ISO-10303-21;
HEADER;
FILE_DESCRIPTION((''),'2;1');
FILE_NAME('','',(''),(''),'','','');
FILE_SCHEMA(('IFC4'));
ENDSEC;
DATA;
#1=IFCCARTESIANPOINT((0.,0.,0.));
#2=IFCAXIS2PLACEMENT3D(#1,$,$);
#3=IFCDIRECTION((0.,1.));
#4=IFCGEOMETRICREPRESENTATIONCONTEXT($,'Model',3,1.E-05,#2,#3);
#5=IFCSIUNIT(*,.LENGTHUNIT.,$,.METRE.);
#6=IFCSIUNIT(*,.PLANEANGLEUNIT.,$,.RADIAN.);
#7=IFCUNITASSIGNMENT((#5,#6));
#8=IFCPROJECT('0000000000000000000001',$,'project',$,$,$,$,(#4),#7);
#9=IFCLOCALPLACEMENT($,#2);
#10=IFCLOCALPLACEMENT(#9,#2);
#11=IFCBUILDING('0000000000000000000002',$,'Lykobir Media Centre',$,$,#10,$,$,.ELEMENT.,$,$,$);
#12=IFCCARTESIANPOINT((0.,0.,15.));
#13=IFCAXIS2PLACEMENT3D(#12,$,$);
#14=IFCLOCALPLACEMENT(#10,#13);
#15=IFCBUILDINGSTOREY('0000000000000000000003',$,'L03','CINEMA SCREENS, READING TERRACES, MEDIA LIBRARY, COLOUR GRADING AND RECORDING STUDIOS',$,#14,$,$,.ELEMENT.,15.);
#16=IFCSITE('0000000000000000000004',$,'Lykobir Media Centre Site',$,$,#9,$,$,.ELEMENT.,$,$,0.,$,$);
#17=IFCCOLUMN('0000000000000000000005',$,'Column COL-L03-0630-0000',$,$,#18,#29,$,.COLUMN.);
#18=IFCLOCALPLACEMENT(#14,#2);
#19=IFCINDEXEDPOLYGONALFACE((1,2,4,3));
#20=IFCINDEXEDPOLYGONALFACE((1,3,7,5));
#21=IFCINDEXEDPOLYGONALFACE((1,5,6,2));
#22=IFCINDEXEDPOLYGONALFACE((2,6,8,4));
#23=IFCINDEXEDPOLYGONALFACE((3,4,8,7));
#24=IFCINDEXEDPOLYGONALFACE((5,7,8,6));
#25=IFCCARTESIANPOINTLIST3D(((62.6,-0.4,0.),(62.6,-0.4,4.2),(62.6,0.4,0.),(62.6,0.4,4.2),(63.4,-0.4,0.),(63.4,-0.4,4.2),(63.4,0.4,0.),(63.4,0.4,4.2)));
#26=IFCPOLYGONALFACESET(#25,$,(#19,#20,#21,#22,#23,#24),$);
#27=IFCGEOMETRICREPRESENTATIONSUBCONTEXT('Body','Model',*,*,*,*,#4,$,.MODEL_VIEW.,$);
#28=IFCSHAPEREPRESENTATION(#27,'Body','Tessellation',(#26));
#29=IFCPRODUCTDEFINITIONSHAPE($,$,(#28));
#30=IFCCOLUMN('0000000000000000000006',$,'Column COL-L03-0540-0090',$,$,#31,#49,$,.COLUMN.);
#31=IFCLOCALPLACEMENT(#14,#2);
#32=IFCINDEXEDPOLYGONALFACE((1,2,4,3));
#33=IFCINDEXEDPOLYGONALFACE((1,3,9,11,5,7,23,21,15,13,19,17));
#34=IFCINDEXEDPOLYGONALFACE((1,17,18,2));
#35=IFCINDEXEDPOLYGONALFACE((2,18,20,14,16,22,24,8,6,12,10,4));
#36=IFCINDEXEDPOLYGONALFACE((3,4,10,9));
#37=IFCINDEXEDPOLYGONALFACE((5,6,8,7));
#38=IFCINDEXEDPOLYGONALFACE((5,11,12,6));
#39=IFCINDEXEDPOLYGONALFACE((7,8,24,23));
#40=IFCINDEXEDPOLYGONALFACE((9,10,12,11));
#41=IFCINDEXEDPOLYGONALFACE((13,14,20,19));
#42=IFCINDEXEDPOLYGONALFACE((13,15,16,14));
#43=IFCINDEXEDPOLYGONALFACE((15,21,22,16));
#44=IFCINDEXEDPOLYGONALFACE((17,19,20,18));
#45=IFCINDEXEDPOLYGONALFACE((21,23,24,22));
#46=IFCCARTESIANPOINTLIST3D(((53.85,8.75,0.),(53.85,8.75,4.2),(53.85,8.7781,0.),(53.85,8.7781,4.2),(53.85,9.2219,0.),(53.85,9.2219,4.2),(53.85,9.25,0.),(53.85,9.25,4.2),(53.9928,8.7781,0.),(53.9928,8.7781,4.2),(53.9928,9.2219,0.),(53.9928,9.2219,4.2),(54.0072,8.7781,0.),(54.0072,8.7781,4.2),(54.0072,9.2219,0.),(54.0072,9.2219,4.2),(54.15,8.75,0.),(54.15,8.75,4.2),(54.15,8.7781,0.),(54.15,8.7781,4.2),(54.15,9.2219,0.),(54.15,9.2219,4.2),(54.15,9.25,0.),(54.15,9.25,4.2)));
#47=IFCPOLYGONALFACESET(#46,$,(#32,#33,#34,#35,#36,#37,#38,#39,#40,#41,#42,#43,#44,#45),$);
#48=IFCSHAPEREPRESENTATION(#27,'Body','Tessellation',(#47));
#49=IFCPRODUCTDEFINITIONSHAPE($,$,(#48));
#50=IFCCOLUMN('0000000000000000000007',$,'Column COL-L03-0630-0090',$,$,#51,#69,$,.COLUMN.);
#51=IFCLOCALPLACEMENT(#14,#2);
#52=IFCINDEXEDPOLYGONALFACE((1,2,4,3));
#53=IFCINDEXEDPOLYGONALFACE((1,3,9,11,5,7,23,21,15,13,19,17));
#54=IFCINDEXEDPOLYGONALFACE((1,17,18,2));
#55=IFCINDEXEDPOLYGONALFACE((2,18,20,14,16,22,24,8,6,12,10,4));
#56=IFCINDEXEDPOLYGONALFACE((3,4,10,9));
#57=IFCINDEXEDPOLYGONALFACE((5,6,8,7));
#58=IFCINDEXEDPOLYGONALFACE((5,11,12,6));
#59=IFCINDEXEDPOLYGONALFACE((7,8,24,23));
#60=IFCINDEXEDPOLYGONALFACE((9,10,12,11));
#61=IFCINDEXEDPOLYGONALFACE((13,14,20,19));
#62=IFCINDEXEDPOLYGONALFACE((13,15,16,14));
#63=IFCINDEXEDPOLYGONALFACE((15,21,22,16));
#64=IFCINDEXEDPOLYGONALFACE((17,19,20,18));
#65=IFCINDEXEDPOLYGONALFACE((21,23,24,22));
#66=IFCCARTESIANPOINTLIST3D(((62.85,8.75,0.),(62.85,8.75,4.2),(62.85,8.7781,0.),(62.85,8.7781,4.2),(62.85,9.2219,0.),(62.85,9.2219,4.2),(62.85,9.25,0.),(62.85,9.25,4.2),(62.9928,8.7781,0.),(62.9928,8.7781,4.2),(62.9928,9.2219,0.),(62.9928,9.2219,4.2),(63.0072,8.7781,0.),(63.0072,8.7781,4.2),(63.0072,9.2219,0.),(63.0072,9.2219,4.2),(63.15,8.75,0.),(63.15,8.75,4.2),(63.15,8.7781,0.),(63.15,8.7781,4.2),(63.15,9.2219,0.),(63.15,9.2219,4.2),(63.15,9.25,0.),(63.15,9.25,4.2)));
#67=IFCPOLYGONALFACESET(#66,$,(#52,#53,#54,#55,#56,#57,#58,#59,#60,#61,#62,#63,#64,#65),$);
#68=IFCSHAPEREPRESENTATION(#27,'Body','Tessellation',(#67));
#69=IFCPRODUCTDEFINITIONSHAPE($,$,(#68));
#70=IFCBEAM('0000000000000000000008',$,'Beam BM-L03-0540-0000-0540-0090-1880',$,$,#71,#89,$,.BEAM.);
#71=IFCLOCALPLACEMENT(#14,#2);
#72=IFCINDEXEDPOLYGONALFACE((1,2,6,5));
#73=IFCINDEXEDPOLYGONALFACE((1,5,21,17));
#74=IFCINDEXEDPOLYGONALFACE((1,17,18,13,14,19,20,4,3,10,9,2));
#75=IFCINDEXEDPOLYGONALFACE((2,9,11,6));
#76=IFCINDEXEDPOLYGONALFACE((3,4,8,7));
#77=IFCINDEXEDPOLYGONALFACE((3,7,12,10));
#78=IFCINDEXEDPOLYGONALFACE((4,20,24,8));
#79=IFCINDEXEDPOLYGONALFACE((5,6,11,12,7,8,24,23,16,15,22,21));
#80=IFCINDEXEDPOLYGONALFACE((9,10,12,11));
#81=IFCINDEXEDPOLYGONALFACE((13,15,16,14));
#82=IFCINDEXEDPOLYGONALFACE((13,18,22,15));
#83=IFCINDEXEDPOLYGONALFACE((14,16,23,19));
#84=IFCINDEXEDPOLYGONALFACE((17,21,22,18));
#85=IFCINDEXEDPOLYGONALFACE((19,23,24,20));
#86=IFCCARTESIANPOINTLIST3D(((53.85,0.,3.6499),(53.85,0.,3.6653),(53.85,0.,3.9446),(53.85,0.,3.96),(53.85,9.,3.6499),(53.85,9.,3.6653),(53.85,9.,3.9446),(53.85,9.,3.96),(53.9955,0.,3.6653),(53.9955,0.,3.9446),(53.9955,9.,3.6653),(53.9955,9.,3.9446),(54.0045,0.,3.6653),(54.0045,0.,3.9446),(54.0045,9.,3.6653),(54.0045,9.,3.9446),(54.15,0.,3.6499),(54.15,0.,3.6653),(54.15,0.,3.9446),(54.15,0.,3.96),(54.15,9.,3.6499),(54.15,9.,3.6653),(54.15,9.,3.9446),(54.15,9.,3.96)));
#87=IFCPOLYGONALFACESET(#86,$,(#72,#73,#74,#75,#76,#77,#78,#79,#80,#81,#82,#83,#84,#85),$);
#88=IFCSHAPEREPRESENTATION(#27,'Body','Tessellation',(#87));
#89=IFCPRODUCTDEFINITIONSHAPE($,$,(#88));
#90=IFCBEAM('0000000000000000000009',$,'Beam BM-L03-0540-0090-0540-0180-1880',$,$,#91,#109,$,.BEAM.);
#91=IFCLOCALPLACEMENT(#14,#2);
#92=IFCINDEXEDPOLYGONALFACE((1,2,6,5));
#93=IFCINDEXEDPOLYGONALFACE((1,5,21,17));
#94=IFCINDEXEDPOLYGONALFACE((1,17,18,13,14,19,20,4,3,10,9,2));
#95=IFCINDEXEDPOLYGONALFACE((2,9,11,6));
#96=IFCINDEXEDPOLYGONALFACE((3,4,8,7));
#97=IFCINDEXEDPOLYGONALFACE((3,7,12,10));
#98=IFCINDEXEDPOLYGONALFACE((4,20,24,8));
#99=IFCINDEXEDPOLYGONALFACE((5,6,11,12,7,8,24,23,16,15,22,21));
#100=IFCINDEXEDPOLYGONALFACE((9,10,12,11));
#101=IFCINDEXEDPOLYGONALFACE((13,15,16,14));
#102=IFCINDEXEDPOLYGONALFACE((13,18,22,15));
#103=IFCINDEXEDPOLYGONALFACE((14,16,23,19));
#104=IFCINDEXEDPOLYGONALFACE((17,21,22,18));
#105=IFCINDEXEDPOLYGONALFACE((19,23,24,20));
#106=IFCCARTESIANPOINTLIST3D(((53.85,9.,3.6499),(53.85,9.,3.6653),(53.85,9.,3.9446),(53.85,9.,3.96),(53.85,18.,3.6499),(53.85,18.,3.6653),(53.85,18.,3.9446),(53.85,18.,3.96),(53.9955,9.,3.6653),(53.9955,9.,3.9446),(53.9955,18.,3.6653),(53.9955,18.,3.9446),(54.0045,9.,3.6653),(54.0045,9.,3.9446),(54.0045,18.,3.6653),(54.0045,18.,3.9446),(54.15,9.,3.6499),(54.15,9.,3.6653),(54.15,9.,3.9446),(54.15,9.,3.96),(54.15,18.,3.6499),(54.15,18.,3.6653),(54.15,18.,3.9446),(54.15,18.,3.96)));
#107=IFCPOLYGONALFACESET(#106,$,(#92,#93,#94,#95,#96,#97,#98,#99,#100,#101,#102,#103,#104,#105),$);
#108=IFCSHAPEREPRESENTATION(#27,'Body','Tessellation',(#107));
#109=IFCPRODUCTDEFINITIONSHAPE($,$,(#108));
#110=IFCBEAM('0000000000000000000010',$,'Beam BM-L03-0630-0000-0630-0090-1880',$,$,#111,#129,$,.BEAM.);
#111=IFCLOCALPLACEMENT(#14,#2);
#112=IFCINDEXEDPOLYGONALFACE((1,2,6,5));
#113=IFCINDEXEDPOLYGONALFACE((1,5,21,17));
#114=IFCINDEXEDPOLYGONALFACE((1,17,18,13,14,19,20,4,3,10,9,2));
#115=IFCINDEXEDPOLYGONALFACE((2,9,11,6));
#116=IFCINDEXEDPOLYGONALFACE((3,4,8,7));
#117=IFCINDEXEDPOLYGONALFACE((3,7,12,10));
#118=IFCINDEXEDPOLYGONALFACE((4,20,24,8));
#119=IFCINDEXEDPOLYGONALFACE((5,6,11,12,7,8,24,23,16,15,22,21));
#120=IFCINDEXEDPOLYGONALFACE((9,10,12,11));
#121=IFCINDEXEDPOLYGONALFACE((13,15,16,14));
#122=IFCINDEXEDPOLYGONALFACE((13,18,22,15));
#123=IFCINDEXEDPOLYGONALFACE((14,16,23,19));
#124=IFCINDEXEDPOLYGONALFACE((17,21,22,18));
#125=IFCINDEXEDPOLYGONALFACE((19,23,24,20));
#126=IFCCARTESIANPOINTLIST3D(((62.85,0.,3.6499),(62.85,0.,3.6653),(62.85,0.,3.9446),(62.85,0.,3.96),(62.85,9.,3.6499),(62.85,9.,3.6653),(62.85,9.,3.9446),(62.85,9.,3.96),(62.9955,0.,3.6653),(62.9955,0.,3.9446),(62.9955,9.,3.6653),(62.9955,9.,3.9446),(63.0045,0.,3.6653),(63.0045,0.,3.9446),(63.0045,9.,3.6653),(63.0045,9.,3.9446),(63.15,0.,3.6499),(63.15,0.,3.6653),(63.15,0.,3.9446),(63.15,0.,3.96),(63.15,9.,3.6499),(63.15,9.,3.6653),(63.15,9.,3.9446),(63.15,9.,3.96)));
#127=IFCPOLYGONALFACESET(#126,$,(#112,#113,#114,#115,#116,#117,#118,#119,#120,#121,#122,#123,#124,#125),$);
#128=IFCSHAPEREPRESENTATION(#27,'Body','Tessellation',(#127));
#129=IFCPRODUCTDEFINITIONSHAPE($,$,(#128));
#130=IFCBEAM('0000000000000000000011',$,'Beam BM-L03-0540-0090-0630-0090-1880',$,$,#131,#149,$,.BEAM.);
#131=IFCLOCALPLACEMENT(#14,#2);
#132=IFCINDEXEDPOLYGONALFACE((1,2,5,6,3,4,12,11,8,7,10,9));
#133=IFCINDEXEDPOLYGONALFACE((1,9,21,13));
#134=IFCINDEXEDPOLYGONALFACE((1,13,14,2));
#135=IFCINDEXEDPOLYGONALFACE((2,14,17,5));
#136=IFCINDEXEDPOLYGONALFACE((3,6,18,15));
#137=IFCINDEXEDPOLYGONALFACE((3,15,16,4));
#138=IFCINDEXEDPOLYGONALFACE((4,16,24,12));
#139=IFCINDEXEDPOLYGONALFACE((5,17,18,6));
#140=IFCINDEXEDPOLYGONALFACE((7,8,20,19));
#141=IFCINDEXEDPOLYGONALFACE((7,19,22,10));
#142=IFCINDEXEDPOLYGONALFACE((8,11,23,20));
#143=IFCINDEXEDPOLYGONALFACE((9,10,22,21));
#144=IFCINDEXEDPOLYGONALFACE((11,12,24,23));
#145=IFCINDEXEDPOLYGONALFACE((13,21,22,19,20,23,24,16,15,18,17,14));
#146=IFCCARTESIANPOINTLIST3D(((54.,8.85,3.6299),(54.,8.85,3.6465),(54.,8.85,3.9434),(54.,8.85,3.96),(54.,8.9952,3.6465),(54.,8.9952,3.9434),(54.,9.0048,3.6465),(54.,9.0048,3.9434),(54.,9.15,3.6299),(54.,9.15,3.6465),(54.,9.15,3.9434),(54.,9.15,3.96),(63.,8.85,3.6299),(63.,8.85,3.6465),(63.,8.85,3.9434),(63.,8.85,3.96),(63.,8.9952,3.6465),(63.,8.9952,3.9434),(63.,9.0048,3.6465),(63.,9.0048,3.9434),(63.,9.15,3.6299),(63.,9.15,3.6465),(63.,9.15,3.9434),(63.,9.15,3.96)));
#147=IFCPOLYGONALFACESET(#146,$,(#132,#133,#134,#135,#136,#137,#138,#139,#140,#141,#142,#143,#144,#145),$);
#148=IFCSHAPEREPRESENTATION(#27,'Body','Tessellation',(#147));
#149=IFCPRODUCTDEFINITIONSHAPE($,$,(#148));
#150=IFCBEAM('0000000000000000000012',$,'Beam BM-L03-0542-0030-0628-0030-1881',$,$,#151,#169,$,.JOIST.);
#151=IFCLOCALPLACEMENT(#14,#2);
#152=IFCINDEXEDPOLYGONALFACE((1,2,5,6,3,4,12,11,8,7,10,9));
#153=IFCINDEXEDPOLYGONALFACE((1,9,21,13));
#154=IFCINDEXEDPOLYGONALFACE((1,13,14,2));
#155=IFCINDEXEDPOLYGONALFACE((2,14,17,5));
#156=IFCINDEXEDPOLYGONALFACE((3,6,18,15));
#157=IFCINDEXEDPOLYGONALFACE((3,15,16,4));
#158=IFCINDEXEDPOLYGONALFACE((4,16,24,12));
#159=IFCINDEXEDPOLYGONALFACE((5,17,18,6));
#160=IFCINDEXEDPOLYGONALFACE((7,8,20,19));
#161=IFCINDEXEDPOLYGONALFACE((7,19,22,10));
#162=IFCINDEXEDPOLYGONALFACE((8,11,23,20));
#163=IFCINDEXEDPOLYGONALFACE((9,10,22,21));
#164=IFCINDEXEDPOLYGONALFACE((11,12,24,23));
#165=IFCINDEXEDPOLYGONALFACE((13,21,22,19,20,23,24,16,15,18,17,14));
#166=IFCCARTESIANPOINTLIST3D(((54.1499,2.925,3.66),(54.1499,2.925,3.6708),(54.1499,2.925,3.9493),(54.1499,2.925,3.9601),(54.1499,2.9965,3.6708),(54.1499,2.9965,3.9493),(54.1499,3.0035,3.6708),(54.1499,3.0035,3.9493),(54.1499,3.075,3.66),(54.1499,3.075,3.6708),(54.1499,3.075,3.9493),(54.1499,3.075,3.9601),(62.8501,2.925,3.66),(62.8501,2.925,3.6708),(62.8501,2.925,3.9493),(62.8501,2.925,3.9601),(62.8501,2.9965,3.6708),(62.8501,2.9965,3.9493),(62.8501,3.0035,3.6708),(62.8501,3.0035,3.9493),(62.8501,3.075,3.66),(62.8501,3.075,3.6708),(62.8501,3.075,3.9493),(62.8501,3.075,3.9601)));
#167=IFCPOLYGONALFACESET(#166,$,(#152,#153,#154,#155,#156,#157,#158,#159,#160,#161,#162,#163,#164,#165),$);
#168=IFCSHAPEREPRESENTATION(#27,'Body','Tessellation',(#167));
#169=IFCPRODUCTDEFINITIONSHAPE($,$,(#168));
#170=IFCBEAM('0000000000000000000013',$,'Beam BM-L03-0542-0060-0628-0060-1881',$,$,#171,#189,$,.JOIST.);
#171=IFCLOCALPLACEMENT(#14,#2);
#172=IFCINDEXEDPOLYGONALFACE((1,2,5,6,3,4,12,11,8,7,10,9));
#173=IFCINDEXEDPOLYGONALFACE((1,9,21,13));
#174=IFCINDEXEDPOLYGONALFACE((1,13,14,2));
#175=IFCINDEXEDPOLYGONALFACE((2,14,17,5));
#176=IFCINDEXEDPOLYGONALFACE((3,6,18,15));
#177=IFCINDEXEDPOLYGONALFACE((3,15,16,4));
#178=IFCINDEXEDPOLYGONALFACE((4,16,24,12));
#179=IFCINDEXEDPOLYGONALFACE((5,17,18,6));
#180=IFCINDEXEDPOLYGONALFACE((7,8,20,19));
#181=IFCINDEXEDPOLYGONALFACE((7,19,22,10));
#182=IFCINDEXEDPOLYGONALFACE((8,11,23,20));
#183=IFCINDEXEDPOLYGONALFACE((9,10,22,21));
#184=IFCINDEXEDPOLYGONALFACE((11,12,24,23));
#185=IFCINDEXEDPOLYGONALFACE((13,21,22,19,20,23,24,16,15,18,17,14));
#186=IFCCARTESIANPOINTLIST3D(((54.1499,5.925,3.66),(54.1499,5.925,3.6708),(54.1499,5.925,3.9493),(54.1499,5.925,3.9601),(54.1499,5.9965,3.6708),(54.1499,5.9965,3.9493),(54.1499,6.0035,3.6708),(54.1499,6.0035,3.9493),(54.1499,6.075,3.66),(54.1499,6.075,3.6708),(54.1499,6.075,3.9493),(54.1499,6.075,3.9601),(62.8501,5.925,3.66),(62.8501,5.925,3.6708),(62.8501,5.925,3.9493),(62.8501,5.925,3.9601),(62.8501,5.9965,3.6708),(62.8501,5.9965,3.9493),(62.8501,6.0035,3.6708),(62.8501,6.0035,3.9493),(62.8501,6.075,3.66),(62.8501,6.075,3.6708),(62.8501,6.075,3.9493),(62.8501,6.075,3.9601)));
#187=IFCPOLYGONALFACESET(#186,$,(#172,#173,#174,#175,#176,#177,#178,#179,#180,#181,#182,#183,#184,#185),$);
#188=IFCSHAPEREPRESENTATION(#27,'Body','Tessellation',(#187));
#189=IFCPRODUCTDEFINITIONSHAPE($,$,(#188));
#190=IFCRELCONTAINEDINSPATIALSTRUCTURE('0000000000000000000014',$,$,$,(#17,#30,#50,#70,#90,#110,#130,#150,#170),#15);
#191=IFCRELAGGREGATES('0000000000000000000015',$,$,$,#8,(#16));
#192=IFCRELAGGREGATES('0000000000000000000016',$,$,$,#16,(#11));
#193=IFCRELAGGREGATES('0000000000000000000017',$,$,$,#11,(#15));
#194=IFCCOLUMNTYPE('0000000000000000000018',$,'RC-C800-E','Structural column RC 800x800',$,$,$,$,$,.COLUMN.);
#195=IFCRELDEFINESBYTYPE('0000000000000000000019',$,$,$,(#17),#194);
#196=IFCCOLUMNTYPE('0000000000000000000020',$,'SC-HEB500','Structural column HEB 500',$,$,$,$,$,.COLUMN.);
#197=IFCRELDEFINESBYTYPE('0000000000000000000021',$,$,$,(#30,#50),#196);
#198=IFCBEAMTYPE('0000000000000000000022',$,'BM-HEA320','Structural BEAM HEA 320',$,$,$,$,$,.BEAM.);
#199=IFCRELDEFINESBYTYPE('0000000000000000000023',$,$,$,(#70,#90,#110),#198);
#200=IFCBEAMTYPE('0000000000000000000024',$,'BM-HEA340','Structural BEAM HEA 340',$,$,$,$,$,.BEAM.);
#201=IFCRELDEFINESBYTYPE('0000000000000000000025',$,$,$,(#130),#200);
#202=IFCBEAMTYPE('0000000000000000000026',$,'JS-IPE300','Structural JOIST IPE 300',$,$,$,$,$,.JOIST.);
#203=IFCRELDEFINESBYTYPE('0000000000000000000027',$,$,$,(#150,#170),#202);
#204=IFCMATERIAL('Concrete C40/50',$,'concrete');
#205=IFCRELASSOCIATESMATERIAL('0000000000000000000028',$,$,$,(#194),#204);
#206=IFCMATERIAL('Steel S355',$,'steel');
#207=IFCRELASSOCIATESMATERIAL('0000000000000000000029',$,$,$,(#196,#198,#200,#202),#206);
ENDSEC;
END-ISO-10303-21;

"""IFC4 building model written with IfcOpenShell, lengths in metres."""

from ifc_helpers import new_model, si_unit, direction, frame, origin, origin_2d, place, context, subcontext, project, spatial, rectangle, i_section, extrude, material, material_profile, profile_set, type_object, element, save


model = new_model("IFC4")

# Units and contexts
model_context = context("Model", 3, precision=1e-05, world=origin(), true_north=direction((0.0, 1.0)))
body_context = subcontext(model_context, "Body", "Model", "MODEL_VIEW")
ifc_project = project(units=[si_unit("LENGTHUNIT", "METRE"), si_unit("PLANEANGLEUNIT", "RADIAN")], contexts=[model_context])

# Site, building, storey
site_placement = place(None, origin())
site = spatial("IfcSite", under=ifc_project, at=site_placement, Name="Lykobir Media Centre Site", CompositionType="ELEMENT", RefElevation=0.0)
building_placement = place(site_placement, origin())
building = spatial("IfcBuilding", under=site, at=building_placement, Name="Lykobir Media Centre", CompositionType="ELEMENT")
storey_placement = place(building_placement, frame((0.0, 0.0, 15.0)))
storey = spatial("IfcBuildingStorey", under=building, at=storey_placement, Name="L03", Description="CINEMA SCREENS, READING TERRACES, MEDIA LIBRARY, COLOUR GRADING AND RECORDING STUDIOS", CompositionType="ELEMENT", Elevation=15.0)

# Columns
ifc_material_1 = material(Name="Concrete C40/50", Category="concrete")
ifc_material_profile_1 = material_profile(ifc_material_1, rectangle(XDim=0.8, YDim=0.8, at=origin_2d()), Name="RC 800x800")
ifc_profile_set_1 = profile_set([ifc_material_profile_1], Name="Concrete C40/50")
column_type_1 = type_object("IfcColumnType", Name="RC-C800-E", Description="Structural column RC 800x800", PredefinedType="COLUMN", material=ifc_profile_set_1)
column_placement = place(storey_placement, frame((63.0, 0.0, 0.0), z_axis=(0.0, 0.0, 1.0), x_axis=(1.0, 0.0, 0.0)))
element("IfcColumn", 1, at=column_placement, inside=storey, type_object=column_type_1, Name="Column COL-L03-0630-0000", PredefinedType="COLUMN", context=body_context, shape_type="SweptSolid", body=[
    extrude(rectangle(XDim=0.8, YDim=0.8, at=origin_2d()), origin(), (0.0, 0.0, 1.0), 4.2),
])
ifc_material_2 = material(Name="Steel S355", Category="steel")
ifc_material_profile_2 = material_profile(ifc_material_2, i_section(OverallWidth=0.3, OverallDepth=0.5, WebThickness=0.0144, FlangeThickness=0.0281, at=origin_2d()), Name="HEB 500")
ifc_profile_set_2 = profile_set([ifc_material_profile_2], Name="Steel S355")
column_type_2 = type_object("IfcColumnType", Name="SC-HEB500", Description="Structural column HEB 500", PredefinedType="COLUMN", material=ifc_profile_set_2)
for number, where, z_axis, x_axis, name in (
    (2, (54.0, 9.0, 0.0), (0.0, 0.0, 1.0), (1.0, 0.0, 0.0), "Column COL-L03-0540-0090"),
    (3, (63.0, 9.0, 0.0), (0.0, 0.0, 1.0), (1.0, 0.0, 0.0), "Column COL-L03-0630-0090"),
):
    element("IfcColumn", number, at=place(storey_placement, frame(where, z_axis=z_axis, x_axis=x_axis)), inside=storey, type_object=column_type_2, Name=name, PredefinedType="COLUMN", context=body_context, shape_type="SweptSolid", body=[
        extrude(i_section(OverallWidth=0.3, OverallDepth=0.5, WebThickness=0.0144, FlangeThickness=0.0281, at=origin_2d()), origin(), (0.0, 0.0, 1.0), 4.2),
    ])

# Beams
ifc_material_profile_3 = material_profile(ifc_material_2, i_section(OverallWidth=0.3, OverallDepth=0.3101, WebThickness=0.009, FlangeThickness=0.0154, at=origin_2d()), Name="HEA 320")
ifc_profile_set_3 = profile_set([ifc_material_profile_3], Name="Steel S355")
beam_type_1 = type_object("IfcBeamType", Name="BM-HEA320", Description="Structural BEAM HEA 320", PredefinedType="BEAM", material=ifc_profile_set_3)
for number, where, z_axis, x_axis, name in (
    (4, (54.0, 0.0, 3.8049), (0.0, 1.0, 0.0), (-1.0, 0.0, 0.0), "Beam BM-L03-0540-0000-0540-0090-1880"),
    (5, (54.0, 9.0, 3.8049), (0.0, 1.0, 0.0), (-1.0, 0.0, 0.0), "Beam BM-L03-0540-0090-0540-0180-1880"),
    (6, (63.0, 0.0, 3.8049), (0.0, 1.0, 0.0), (-1.0, 0.0, 0.0), "Beam BM-L03-0630-0000-0630-0090-1880"),
):
    element("IfcBeam", number, at=place(storey_placement, frame(where, z_axis=z_axis, x_axis=x_axis)), inside=storey, type_object=beam_type_1, Name=name, PredefinedType="BEAM", context=body_context, shape_type="SweptSolid", body=[
        extrude(i_section(OverallWidth=0.3, OverallDepth=0.3101, WebThickness=0.009, FlangeThickness=0.0154, at=origin_2d()), origin(), (0.0, 0.0, 1.0), 9.0),
    ])
ifc_material_profile_4 = material_profile(ifc_material_2, i_section(OverallWidth=0.3, OverallDepth=0.3301, WebThickness=0.0095, FlangeThickness=0.0166, at=origin_2d()), Name="HEA 340")
ifc_profile_set_4 = profile_set([ifc_material_profile_4], Name="Steel S355")
beam_type_2 = type_object("IfcBeamType", Name="BM-HEA340", Description="Structural BEAM HEA 340", PredefinedType="BEAM", material=ifc_profile_set_4)
beam_placement = place(storey_placement, frame((54.0, 9.0, 3.7949), z_axis=(1.0, 0.0, 0.0), x_axis=(0.0, 1.0, 0.0)))
element("IfcBeam", 7, at=beam_placement, inside=storey, type_object=beam_type_2, Name="Beam BM-L03-0540-0090-0630-0090-1880", PredefinedType="BEAM", context=body_context, shape_type="SweptSolid", body=[
    extrude(i_section(OverallWidth=0.3, OverallDepth=0.3301, WebThickness=0.0095, FlangeThickness=0.0166, at=origin_2d()), origin(), (0.0, 0.0, 1.0), 9.0),
])
ifc_material_profile_5 = material_profile(ifc_material_2, i_section(OverallWidth=0.1499, OverallDepth=0.3, WebThickness=0.0071, FlangeThickness=0.0107, at=origin_2d()), Name="IPE 300")
ifc_profile_set_5 = profile_set([ifc_material_profile_5], Name="Steel S355")
beam_type_3 = type_object("IfcBeamType", Name="JS-IPE300", Description="Structural JOIST IPE 300", PredefinedType="JOIST", material=ifc_profile_set_5)
for number, where, z_axis, x_axis, name in (
    (8, (54.1499, 3.0, 3.8101), (1.0, 0.0, 0.0), (0.0, 1.0, 0.0), "Beam BM-L03-0542-0030-0628-0030-1881"),
    (9, (54.1499, 6.0, 3.8101), (1.0, 0.0, 0.0), (0.0, 1.0, 0.0), "Beam BM-L03-0542-0060-0628-0060-1881"),
):
    element("IfcBeam", number, at=place(storey_placement, frame(where, z_axis=z_axis, x_axis=x_axis)), inside=storey, type_object=beam_type_3, Name=name, PredefinedType="JOIST", context=body_context, shape_type="SweptSolid", body=[
        extrude(i_section(OverallWidth=0.1499, OverallDepth=0.3, WebThickness=0.0071, FlangeThickness=0.0107, at=origin_2d()), origin(), (0.0, 0.0, 1.0), 8.7002),
    ])

save(model, "model.ifc")
